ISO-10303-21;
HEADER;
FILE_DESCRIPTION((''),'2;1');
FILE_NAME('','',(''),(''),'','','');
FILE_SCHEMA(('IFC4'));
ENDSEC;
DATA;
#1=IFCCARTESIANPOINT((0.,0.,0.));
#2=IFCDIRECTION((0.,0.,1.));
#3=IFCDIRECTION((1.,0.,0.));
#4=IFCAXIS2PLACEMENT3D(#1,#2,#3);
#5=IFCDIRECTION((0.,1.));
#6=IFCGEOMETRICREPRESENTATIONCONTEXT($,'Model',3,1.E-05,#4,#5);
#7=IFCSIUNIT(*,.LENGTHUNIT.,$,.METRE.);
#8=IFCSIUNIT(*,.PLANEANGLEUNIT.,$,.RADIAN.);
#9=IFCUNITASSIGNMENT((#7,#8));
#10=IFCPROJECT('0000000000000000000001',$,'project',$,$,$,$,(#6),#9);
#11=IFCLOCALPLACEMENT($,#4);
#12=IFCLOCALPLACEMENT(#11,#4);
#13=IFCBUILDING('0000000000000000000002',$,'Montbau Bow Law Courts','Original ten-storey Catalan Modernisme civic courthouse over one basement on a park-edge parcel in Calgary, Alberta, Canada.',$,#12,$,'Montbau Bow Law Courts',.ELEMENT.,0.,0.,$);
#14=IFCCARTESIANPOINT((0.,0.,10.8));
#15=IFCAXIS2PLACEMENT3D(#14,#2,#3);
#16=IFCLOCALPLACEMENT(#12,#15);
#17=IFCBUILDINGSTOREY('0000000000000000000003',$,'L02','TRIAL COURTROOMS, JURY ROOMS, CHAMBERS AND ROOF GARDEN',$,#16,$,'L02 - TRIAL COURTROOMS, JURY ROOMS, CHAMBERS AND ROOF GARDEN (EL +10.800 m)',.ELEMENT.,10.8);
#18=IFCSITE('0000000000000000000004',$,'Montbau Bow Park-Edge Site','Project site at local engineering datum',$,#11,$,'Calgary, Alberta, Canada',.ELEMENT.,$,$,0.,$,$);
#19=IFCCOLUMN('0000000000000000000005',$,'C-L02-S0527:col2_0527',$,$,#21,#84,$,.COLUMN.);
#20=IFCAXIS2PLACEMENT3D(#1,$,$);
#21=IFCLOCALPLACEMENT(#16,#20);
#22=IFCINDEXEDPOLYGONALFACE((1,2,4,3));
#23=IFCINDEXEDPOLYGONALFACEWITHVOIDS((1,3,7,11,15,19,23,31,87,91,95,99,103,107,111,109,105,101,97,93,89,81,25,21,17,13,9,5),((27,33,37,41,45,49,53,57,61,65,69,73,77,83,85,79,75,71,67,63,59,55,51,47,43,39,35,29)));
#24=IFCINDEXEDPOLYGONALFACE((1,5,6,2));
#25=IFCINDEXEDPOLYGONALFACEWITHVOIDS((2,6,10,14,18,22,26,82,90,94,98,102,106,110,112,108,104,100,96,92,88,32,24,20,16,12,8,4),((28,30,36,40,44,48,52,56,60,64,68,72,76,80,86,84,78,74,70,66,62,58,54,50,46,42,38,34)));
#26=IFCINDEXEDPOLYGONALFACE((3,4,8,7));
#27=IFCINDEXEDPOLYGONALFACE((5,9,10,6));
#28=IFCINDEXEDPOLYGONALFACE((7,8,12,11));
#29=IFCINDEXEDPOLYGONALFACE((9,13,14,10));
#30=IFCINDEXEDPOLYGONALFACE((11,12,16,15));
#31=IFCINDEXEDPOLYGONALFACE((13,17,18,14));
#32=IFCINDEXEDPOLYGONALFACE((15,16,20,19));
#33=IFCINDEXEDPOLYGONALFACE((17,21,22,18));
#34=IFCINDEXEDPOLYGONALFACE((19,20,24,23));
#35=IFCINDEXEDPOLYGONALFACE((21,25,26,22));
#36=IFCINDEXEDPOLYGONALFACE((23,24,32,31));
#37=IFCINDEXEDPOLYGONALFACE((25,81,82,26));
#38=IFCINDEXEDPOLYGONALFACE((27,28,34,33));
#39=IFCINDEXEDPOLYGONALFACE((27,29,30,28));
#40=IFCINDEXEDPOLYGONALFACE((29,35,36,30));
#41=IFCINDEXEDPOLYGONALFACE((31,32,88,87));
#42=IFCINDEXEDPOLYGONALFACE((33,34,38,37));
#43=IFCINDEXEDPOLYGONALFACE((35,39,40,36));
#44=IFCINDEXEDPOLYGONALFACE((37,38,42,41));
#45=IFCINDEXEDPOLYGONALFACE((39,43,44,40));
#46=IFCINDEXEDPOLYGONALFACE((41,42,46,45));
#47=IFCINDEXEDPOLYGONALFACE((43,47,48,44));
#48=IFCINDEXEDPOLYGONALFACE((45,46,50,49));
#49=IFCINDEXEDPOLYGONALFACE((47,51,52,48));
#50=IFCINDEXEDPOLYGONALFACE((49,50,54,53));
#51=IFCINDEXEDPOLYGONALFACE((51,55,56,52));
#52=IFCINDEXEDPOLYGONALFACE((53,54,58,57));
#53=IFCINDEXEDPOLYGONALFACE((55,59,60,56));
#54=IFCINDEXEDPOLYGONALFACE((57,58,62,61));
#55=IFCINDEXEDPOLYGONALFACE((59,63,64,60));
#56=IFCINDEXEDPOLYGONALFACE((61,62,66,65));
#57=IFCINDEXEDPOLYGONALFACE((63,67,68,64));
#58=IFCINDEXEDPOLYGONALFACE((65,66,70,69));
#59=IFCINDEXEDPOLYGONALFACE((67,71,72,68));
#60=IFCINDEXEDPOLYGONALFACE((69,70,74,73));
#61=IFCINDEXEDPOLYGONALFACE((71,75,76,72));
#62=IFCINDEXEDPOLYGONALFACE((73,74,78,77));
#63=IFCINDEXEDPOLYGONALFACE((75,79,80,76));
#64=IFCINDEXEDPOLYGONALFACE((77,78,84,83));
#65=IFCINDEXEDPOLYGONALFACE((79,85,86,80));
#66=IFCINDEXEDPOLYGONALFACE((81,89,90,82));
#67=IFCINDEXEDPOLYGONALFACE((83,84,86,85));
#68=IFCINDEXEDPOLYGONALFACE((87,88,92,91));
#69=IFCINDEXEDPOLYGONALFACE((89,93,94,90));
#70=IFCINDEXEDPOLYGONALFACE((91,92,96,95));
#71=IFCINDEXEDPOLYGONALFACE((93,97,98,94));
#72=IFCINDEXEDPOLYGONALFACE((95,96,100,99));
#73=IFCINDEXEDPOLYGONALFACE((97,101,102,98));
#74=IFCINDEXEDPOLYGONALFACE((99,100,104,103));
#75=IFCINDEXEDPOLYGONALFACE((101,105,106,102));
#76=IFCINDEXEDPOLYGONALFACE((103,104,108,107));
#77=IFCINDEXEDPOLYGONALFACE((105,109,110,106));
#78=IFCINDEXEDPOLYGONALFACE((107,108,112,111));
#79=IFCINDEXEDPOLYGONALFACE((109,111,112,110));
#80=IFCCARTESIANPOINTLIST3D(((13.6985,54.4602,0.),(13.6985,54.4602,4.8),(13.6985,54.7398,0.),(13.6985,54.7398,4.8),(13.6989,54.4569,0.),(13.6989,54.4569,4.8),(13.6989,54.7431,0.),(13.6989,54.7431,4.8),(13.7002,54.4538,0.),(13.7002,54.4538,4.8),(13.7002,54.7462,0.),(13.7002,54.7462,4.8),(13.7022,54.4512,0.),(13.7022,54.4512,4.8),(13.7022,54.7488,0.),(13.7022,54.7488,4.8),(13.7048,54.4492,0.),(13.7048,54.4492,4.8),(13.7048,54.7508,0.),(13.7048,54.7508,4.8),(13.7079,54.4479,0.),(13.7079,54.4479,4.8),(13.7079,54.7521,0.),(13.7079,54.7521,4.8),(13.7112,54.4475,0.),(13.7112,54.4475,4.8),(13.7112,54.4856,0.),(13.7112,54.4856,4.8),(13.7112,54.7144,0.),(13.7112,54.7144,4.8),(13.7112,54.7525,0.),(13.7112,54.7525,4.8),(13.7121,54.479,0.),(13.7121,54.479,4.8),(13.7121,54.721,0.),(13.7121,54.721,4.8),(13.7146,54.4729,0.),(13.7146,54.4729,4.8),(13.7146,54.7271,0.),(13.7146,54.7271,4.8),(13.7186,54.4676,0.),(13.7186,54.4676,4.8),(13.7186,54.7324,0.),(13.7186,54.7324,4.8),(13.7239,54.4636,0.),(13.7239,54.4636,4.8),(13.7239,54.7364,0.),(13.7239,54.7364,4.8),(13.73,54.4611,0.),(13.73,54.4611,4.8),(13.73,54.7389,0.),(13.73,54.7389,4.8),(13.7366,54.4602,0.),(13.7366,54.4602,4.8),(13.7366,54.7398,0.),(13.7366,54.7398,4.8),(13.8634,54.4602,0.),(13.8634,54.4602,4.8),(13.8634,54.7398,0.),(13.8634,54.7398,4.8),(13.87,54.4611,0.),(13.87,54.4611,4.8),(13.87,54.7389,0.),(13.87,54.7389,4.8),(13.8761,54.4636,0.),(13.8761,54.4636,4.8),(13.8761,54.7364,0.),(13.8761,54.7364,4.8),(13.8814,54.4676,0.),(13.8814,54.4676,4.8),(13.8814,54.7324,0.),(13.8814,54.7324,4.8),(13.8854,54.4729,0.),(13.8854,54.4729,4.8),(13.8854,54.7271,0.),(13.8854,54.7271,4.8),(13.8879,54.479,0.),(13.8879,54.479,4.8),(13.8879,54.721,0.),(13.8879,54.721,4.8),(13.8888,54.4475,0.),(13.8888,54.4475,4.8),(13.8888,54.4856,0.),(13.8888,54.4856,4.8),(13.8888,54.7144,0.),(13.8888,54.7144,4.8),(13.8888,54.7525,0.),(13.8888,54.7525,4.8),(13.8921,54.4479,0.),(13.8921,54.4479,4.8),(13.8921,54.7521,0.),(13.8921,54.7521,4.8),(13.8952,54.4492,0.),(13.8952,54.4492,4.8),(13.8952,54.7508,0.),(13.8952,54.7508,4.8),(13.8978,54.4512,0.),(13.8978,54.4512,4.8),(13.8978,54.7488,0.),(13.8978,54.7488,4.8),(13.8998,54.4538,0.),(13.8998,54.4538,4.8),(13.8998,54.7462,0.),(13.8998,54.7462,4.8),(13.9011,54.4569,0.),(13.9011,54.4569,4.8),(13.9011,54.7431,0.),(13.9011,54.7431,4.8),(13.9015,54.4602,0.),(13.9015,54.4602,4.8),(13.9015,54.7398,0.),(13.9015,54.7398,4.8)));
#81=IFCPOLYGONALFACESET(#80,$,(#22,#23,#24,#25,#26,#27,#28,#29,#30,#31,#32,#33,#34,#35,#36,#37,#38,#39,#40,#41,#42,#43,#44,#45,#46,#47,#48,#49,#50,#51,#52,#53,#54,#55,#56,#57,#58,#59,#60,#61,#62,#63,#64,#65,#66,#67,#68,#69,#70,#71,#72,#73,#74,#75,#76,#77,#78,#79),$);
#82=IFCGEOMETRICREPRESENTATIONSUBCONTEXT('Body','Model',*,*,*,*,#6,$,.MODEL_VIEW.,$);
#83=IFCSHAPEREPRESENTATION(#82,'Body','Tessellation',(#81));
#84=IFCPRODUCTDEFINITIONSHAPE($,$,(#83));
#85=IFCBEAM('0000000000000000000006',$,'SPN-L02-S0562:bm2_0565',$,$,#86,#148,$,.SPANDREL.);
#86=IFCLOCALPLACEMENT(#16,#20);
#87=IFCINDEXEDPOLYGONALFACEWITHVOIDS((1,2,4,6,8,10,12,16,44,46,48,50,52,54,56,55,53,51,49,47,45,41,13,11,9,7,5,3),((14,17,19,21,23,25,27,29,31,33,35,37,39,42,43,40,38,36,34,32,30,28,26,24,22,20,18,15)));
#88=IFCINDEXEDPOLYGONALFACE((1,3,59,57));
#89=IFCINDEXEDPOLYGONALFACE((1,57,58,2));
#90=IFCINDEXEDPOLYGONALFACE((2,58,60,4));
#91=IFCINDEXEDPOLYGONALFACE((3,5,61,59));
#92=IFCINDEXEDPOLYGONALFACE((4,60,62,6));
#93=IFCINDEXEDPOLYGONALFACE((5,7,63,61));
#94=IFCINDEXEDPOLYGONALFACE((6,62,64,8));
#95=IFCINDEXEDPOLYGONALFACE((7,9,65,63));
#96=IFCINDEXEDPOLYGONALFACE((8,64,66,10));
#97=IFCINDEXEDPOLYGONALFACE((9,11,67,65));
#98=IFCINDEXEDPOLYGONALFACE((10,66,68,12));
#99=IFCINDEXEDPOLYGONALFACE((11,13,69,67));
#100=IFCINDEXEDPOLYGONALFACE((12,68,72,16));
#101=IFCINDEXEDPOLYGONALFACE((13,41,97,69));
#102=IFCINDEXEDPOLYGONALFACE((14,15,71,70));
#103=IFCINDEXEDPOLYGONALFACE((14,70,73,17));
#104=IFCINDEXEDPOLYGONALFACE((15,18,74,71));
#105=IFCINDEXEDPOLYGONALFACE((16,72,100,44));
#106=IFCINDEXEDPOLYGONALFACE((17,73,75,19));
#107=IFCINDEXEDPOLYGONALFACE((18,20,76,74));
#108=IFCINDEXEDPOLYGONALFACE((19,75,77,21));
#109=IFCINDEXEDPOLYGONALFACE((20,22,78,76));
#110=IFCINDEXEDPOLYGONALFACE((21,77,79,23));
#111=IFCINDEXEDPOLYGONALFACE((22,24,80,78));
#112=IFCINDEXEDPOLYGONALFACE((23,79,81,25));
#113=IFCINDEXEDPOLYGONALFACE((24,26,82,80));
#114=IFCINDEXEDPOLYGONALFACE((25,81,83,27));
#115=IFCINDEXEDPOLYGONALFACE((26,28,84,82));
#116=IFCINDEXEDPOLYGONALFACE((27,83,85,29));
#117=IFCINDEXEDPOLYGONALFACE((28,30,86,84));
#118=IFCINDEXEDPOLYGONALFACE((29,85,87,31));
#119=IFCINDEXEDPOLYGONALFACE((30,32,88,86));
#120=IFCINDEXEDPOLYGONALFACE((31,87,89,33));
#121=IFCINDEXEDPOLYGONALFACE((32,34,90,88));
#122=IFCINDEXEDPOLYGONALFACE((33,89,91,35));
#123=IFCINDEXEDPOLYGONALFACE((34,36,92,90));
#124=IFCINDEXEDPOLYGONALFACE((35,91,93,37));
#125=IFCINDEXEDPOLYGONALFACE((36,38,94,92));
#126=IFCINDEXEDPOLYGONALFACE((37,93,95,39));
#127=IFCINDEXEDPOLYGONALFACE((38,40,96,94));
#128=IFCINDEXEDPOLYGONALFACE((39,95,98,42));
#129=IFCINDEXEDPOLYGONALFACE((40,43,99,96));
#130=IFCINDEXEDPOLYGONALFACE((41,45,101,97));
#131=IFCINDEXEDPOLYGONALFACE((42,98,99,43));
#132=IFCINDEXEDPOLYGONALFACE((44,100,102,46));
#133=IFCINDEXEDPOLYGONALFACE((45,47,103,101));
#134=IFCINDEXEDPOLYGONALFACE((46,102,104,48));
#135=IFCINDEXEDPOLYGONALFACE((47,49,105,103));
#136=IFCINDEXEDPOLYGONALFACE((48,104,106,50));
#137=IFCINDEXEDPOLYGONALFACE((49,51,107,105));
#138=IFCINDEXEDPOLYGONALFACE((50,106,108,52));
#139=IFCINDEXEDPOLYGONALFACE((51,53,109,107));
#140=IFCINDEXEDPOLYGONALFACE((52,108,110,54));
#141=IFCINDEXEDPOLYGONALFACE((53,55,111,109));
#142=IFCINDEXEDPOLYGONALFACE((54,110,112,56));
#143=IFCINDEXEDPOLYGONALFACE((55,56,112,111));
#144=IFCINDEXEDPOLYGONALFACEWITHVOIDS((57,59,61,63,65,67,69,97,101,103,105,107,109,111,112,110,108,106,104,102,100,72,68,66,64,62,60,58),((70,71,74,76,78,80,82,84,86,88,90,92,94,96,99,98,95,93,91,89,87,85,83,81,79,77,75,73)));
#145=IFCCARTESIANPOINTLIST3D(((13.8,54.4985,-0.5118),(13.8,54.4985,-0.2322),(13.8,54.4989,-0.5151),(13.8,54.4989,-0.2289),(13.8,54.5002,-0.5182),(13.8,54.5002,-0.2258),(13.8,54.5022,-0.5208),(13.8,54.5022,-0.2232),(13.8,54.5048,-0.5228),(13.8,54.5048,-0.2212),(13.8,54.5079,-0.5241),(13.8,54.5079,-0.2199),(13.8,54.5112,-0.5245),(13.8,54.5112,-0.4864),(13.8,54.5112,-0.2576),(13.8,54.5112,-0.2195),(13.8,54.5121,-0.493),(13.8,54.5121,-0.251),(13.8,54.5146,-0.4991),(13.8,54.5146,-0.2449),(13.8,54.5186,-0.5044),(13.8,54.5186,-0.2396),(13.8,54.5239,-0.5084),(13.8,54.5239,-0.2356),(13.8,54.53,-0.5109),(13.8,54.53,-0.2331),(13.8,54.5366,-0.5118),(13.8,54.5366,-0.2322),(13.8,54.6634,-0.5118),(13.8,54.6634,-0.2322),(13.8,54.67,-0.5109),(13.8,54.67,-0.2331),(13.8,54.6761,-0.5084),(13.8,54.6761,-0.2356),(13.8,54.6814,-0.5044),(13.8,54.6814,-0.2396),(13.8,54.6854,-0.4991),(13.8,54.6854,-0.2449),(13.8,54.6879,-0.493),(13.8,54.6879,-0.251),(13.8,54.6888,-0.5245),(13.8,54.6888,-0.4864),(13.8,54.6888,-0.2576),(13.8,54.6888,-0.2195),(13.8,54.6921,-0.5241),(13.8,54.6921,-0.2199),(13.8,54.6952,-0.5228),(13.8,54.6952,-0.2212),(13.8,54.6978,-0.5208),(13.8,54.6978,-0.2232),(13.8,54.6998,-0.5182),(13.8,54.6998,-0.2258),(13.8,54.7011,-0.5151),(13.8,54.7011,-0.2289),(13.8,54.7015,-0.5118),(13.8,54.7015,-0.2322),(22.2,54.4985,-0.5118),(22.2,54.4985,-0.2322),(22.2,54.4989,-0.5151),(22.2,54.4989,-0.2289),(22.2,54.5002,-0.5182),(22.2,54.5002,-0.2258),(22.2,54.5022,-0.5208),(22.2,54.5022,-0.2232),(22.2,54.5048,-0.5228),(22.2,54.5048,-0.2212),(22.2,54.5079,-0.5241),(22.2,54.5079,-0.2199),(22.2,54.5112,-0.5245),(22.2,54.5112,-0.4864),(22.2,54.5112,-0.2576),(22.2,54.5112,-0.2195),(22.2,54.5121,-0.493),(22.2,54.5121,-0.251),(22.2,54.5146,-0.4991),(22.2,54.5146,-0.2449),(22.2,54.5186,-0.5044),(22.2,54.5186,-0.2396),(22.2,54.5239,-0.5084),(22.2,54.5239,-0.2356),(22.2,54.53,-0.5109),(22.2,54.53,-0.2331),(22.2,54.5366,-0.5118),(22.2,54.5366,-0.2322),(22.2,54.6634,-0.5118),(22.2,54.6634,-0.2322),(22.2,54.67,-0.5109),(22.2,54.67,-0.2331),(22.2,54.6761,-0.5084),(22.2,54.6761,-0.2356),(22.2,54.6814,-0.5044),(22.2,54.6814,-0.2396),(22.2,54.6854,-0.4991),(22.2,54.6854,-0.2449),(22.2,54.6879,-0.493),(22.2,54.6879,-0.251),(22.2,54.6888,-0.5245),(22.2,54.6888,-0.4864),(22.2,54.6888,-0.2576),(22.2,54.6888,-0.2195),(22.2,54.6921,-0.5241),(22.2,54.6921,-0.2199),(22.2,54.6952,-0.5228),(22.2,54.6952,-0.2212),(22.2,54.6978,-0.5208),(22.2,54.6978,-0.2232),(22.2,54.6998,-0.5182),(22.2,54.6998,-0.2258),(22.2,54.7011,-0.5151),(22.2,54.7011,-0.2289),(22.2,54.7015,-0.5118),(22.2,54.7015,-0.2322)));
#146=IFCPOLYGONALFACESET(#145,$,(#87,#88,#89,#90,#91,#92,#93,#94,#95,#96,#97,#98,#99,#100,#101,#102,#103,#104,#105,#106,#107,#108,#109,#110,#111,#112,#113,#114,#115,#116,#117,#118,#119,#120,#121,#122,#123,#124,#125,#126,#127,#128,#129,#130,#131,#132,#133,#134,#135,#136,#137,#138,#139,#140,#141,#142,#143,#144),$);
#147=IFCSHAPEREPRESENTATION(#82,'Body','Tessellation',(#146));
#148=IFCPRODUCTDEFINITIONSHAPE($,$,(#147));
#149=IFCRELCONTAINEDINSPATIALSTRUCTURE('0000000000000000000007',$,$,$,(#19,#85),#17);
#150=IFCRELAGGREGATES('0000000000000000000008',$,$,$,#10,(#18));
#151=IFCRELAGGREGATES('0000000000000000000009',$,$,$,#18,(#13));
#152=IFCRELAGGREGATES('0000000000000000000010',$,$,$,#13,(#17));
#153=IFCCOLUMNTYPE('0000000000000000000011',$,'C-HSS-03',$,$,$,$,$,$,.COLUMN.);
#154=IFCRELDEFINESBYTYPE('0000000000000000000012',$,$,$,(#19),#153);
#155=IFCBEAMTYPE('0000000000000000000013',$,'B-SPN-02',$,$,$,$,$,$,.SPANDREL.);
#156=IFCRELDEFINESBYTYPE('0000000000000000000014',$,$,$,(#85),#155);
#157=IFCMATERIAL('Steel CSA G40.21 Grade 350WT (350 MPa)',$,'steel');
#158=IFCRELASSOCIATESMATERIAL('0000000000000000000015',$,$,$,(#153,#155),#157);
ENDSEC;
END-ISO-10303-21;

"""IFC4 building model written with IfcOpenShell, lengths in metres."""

from ifc_helpers import new_model, si_unit, direction, frame, origin_with_axes, origin_2d_with_axis, place, context, subcontext, project, spatial, hollow_rectangle, extrude, material, material_profile, profile_set, type_object, element, save


model = new_model("IFC4")

# Units and contexts
model_context = context("Model", 3, precision=1e-05, world=origin_with_axes(), true_north=direction((0.0, 1.0)))
body_context = subcontext(model_context, "Body", "Model", "MODEL_VIEW")
ifc_project = project(units=[si_unit("LENGTHUNIT", "METRE"), si_unit("PLANEANGLEUNIT", "RADIAN")], contexts=[model_context])

# Site, building, storey
site_placement = place(None, origin_with_axes())
site = spatial("IfcSite", under=ifc_project, at=site_placement, Name="Montbau Bow Park-Edge Site", Description="Project site at local engineering datum", LongName="Calgary, Alberta, Canada", CompositionType="ELEMENT", RefElevation=0.0)
building_placement = place(site_placement, origin_with_axes())
building = spatial("IfcBuilding", under=site, at=building_placement, Name="Montbau Bow Law Courts", Description="Original ten-storey Catalan Modernisme civic courthouse over one basement on a park-edge parcel in Calgary, Alberta, Canada.", LongName="Montbau Bow Law Courts", CompositionType="ELEMENT", ElevationOfRefHeight=0.0, ElevationOfTerrain=0.0)
storey_placement = place(building_placement, frame((0.0, 0.0, 10.8), z_axis=(0.0, 0.0, 1.0), x_axis=(1.0, 0.0, 0.0)))
storey = spatial("IfcBuildingStorey", under=building, at=storey_placement, Name="L02", Description="TRIAL COURTROOMS, JURY ROOMS, CHAMBERS AND ROOF GARDEN", LongName="L02 - TRIAL COURTROOMS, JURY ROOMS, CHAMBERS AND ROOF GARDEN (EL +10.800 m)", CompositionType="ELEMENT", Elevation=10.8)

# Column
ifc_material_1 = material(Name="Steel CSA G40.21 Grade 350WT (350 MPa)", Category="steel")
ifc_material_profile_1 = material_profile(ifc_material_1, hollow_rectangle(XDim=0.203, YDim=0.305, WallThickness=0.0127, InnerFilletRadius=0.0254, OuterFilletRadius=0.0127, at=origin_2d_with_axis()), Name="HSS305X203X13", Category="Main", Priority=0)
ifc_profile_set_1 = profile_set([ifc_material_profile_1], Name="Steel CSA G40.21 Grade 350WT (350 MPa)")
column_type = type_object("IfcColumnType", Name="C-HSS-03", PredefinedType="COLUMN", material=ifc_profile_set_1)
column_placement = place(None, frame((13.8, 54.6, 10.8), z_axis=(0.0, 0.0, 1.0), x_axis=(1.0, 0.0, 0.0)))
element("IfcColumn", 1, at=column_placement, inside=storey, type_object=column_type, Name="C-L02-S0527:col2_0527", PredefinedType="COLUMN", context=body_context, shape_type="SweptSolid", body=[
    extrude(hollow_rectangle(XDim=0.203, YDim=0.305, WallThickness=0.0127, InnerFilletRadius=0.0254, OuterFilletRadius=0.0127, at=origin_2d_with_axis()), origin_with_axes(), (0.0, 0.0, 1.0), 4.8),
])

# Beam
ifc_material_profile_2 = material_profile(ifc_material_1, hollow_rectangle(XDim=0.203, YDim=0.305, WallThickness=0.0127, InnerFilletRadius=0.0254, OuterFilletRadius=0.0127, at=origin_2d_with_axis()), Name="HSS305X203X13", Category="Main", Priority=0)
ifc_profile_set_2 = profile_set([ifc_material_profile_2], Name="Steel CSA G40.21 Grade 350WT (350 MPa)")
beam_type = type_object("IfcBeamType", Name="B-SPN-02", PredefinedType="SPANDREL", material=ifc_profile_set_2)
beam_placement = place(None, frame((13.8, 54.6, 10.428), z_axis=(1.0, 0.0, 0.0), x_axis=(0.0, 1.0, 0.0)))
element("IfcBeam", 2, at=beam_placement, inside=storey, type_object=beam_type, Name="SPN-L02-S0562:bm2_0565", PredefinedType="SPANDREL", context=body_context, shape_type="SweptSolid", body=[
    extrude(hollow_rectangle(XDim=0.203, YDim=0.305, WallThickness=0.0127, InnerFilletRadius=0.0254, OuterFilletRadius=0.0127, at=origin_2d_with_axis()), origin_with_axes(), (0.0, 0.0, 1.0), 8.4),
])

save(model, "model.ifc")
